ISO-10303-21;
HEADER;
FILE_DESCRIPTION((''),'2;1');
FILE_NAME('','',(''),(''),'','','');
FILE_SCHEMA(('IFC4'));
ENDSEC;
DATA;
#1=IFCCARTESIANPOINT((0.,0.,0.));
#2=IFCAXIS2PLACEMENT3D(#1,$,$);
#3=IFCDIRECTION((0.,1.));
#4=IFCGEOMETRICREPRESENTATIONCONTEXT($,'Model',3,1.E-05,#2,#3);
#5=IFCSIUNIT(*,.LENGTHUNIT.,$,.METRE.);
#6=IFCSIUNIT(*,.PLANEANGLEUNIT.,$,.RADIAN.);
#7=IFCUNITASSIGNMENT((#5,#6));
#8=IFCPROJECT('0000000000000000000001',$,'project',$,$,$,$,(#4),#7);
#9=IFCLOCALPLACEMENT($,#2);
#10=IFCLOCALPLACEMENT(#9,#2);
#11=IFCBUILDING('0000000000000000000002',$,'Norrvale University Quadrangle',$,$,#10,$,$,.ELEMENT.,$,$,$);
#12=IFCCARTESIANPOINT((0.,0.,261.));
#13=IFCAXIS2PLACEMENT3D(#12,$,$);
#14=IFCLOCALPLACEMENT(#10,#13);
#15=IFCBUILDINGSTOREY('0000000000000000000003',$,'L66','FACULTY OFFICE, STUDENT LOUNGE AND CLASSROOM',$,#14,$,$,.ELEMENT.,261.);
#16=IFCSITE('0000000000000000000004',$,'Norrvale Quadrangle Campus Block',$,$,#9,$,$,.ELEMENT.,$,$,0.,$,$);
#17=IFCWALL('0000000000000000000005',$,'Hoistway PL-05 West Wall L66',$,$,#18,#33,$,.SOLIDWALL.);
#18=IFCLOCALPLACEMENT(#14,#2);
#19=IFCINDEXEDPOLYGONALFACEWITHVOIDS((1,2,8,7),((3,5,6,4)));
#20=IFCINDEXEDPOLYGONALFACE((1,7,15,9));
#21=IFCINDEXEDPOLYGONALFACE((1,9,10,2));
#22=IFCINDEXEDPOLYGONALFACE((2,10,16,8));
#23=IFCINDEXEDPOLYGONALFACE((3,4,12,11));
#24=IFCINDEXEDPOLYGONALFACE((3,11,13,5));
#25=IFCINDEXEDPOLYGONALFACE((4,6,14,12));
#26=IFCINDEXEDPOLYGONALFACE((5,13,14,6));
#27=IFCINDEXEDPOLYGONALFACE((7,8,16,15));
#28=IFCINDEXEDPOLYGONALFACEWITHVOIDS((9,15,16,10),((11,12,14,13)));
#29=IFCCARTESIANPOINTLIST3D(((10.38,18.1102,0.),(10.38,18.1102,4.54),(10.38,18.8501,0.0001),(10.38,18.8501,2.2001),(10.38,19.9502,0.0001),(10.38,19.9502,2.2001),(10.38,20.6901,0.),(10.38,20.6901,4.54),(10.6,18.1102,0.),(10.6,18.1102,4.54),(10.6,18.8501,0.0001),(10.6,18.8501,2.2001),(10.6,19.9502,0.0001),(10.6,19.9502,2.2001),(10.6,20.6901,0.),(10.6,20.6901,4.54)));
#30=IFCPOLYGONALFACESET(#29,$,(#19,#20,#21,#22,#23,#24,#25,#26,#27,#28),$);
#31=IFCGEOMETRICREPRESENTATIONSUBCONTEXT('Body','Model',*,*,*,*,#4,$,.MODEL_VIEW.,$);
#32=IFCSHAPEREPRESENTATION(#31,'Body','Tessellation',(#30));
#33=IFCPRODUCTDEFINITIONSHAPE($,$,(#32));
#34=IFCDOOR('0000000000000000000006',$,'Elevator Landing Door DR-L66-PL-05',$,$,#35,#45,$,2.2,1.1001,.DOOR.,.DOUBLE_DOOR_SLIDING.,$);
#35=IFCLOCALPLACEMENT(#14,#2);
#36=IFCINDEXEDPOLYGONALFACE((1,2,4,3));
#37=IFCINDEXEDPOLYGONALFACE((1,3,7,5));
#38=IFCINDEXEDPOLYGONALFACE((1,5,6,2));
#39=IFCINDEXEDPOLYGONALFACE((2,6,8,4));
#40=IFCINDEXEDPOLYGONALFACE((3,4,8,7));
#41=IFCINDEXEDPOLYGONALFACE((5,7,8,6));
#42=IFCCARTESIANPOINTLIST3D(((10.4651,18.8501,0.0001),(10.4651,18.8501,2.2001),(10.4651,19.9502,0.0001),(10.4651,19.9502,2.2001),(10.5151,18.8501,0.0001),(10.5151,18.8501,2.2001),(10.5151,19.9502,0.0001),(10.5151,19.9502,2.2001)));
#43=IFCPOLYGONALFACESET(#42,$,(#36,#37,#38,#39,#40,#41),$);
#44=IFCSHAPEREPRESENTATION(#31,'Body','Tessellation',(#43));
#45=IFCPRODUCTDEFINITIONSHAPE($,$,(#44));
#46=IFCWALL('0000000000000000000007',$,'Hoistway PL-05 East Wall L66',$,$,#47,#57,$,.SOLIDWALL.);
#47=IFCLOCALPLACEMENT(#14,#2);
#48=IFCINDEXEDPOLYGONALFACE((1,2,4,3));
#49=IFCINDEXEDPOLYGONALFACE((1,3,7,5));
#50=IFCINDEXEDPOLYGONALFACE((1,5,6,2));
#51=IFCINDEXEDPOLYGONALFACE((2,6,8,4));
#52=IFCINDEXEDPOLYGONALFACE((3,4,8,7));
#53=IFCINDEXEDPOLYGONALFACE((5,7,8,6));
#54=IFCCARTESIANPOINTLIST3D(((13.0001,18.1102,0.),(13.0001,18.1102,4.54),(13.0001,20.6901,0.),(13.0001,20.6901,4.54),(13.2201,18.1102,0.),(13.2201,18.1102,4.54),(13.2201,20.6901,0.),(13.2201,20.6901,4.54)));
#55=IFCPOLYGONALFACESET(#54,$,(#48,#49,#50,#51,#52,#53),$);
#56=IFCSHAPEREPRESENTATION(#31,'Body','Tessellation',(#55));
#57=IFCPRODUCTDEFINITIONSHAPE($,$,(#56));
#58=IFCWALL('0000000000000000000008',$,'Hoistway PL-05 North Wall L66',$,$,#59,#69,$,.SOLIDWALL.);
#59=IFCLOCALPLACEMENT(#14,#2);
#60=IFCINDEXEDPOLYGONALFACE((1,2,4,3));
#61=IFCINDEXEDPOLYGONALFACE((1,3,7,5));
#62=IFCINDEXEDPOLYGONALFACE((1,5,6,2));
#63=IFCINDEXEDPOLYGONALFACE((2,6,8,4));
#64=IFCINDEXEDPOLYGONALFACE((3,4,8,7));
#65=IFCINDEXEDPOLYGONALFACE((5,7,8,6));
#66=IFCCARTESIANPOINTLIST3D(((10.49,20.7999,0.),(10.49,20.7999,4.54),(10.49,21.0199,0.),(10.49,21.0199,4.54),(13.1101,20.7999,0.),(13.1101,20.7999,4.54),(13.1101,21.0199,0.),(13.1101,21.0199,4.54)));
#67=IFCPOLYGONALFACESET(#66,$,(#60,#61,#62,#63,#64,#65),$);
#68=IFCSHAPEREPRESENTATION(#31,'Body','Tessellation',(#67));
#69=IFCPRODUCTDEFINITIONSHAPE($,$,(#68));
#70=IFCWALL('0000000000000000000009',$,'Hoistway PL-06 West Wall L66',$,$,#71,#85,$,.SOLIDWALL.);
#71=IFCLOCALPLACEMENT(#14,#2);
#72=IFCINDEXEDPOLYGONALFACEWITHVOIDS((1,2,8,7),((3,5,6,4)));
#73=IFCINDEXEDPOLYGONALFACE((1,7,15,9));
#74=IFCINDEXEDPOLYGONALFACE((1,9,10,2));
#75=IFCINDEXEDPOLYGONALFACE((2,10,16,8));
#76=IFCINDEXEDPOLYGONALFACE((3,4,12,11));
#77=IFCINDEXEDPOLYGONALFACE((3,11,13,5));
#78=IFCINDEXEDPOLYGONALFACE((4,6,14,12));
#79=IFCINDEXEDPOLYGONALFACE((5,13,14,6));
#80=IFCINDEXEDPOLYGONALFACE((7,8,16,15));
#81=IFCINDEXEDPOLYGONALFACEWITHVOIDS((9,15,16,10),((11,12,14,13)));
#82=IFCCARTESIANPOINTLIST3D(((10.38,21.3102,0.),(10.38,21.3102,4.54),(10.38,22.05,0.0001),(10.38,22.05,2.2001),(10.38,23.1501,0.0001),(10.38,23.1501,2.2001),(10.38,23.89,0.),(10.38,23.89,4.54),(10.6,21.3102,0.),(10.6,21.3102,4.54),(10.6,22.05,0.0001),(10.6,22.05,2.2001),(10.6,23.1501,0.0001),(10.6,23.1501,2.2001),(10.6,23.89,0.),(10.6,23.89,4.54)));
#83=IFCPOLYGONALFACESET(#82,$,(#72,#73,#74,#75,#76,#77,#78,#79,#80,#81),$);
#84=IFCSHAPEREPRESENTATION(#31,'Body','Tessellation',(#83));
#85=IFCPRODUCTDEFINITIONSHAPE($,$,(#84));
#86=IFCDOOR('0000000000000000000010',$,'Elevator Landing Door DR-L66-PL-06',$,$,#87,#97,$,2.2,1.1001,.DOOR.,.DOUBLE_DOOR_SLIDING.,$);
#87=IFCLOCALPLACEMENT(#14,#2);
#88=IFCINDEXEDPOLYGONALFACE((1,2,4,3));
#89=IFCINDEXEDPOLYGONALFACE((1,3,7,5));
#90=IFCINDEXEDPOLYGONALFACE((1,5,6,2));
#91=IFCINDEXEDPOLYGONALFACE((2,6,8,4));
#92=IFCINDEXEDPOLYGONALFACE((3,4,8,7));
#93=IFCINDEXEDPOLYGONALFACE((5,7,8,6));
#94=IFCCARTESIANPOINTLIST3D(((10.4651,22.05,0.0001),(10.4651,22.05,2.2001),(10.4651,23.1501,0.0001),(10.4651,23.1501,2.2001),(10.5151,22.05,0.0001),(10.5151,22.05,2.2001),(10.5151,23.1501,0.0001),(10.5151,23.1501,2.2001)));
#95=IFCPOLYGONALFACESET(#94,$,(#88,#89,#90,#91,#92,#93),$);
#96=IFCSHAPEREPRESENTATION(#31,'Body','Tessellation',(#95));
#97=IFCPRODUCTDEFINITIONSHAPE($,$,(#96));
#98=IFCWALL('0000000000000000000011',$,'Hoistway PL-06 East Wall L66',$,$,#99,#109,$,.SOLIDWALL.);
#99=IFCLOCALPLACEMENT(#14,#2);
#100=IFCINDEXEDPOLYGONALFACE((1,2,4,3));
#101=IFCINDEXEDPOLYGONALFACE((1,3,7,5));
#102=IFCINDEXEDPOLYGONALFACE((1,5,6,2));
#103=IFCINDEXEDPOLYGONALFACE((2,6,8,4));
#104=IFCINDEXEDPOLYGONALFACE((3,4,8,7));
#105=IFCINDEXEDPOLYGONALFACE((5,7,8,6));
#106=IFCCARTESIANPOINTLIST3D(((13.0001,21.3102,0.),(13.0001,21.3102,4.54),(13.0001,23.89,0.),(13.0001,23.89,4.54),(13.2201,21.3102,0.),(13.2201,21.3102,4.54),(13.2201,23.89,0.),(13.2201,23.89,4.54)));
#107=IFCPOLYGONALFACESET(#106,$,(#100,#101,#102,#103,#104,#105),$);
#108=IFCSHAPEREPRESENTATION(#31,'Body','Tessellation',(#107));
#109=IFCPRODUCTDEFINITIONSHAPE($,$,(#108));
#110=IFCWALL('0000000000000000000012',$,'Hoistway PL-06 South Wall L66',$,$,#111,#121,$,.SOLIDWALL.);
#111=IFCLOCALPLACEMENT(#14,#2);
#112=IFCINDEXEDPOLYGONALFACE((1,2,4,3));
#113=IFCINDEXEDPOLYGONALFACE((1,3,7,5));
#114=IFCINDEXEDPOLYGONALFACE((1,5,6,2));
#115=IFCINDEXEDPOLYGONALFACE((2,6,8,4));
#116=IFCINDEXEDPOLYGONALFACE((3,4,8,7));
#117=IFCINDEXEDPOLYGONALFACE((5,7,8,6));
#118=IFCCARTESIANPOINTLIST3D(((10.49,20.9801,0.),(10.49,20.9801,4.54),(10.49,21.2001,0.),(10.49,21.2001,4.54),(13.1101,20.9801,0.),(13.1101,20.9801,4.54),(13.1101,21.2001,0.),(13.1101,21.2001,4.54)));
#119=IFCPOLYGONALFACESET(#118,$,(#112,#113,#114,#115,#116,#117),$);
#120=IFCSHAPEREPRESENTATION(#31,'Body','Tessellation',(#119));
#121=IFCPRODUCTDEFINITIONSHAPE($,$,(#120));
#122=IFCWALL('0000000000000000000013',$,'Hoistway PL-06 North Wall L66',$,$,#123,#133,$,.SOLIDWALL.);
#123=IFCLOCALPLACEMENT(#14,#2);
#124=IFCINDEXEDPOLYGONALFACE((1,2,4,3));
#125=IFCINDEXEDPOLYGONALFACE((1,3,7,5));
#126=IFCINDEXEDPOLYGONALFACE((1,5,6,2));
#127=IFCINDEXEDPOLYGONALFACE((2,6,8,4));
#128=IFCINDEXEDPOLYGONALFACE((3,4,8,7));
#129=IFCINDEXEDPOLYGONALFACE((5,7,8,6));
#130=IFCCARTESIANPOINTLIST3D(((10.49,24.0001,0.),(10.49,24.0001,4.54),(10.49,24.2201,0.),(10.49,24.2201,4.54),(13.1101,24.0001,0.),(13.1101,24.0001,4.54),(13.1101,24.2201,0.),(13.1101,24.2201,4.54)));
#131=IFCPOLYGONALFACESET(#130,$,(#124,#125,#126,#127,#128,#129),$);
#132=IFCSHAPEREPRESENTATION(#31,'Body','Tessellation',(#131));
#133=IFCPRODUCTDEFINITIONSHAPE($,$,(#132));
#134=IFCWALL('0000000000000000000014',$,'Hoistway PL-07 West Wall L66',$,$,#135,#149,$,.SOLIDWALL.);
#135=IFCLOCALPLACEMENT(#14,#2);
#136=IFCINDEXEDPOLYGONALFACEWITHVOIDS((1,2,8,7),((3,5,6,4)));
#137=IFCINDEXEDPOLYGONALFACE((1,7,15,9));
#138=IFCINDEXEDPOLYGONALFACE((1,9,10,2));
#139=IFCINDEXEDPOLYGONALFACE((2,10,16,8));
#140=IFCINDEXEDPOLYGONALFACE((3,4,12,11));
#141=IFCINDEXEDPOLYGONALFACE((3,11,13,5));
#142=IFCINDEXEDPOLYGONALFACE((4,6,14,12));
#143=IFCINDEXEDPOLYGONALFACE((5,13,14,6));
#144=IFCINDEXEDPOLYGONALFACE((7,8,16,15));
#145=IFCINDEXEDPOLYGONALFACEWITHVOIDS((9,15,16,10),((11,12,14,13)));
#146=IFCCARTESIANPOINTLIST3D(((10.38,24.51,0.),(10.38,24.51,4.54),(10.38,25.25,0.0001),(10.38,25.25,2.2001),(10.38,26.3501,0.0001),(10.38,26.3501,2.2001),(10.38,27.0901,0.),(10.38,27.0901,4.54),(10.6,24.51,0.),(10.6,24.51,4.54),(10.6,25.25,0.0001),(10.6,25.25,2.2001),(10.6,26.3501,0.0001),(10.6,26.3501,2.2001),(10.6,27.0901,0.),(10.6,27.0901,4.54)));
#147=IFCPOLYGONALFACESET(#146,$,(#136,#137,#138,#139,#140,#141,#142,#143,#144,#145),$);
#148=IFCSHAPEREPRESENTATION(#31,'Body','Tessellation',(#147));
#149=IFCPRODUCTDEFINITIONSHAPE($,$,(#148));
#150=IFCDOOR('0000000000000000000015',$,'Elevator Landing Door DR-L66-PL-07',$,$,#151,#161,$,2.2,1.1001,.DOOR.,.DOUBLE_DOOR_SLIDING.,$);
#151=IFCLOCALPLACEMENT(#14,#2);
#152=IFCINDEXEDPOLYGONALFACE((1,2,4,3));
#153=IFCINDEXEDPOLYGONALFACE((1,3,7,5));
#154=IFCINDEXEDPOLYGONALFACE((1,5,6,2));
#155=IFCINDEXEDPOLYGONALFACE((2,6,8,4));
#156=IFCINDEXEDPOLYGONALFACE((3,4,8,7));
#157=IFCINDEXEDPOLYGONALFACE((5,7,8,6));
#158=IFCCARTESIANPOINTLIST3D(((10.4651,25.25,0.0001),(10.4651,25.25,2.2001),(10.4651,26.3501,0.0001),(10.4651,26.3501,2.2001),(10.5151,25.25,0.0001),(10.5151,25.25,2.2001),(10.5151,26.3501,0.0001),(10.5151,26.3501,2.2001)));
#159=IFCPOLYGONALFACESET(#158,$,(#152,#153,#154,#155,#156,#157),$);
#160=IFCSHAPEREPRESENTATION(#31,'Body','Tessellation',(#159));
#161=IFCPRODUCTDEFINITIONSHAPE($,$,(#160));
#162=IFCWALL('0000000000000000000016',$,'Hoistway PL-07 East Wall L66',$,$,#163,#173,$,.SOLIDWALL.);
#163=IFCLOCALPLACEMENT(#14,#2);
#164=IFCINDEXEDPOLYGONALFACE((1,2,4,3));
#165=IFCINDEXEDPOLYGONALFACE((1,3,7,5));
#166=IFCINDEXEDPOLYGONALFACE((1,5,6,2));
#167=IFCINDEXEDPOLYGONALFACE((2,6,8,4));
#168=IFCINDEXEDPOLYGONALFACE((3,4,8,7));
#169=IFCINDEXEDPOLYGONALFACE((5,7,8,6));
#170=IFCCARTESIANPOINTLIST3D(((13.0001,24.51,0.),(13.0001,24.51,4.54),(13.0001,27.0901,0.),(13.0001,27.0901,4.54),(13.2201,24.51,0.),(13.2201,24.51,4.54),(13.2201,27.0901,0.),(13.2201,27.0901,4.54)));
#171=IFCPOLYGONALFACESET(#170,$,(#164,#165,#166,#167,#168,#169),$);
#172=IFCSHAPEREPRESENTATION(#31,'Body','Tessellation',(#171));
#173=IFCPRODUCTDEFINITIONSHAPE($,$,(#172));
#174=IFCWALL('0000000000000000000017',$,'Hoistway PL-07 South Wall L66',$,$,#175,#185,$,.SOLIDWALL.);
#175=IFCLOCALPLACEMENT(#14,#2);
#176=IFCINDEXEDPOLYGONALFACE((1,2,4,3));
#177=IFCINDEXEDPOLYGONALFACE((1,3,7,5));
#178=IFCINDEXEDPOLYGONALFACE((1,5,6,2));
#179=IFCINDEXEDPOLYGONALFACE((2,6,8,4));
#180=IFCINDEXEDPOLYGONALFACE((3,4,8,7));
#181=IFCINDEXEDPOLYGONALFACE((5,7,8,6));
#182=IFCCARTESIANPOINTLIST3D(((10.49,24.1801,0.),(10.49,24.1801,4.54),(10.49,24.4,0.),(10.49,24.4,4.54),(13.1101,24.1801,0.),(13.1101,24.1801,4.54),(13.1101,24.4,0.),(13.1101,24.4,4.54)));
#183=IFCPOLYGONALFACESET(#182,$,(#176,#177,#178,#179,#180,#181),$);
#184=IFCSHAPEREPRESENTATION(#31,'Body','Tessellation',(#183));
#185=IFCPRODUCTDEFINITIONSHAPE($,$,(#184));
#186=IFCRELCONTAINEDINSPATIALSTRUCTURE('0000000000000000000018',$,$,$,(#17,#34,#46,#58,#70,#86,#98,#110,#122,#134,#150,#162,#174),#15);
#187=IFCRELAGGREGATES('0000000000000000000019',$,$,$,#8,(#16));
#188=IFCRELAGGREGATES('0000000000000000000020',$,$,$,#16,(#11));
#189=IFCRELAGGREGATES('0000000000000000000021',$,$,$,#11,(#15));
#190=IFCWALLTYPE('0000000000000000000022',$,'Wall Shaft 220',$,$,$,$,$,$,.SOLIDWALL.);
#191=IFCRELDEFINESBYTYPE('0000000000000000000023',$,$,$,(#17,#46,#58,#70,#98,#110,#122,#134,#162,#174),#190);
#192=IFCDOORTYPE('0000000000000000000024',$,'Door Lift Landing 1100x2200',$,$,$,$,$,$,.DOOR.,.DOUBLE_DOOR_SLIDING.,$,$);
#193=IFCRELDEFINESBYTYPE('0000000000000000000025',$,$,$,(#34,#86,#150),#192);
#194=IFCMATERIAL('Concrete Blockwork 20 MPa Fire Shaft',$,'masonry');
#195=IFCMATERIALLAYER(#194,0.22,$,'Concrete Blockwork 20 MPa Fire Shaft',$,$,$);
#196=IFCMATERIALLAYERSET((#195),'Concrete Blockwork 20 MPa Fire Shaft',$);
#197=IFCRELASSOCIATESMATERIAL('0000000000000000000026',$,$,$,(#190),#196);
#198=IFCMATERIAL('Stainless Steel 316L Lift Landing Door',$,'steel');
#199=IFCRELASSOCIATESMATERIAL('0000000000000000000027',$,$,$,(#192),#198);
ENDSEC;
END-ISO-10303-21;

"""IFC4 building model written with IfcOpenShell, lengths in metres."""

from ifc_helpers import new_model, si_unit, direction, frame, frame_2d, origin, place, context, subcontext, project, spatial, rectangle, extrude, material, layer, layer_set, type_object, element, fill, save


model = new_model("IFC4")

# Units and contexts
model_context = context("Model", 3, precision=1e-05, world=origin(), true_north=direction((0.0, 1.0)))
body_context = subcontext(model_context, "Body", "Model", "MODEL_VIEW")
ifc_project = project(units=[si_unit("LENGTHUNIT", "METRE"), si_unit("PLANEANGLEUNIT", "RADIAN")], contexts=[model_context])

# Site, building, storey
site_placement = place(None, origin())
site = spatial("IfcSite", under=ifc_project, at=site_placement, Name="Norrvale Quadrangle Campus Block", CompositionType="ELEMENT", RefElevation=0.0)
building_placement = place(site_placement, origin())
building = spatial("IfcBuilding", under=site, at=building_placement, Name="Norrvale University Quadrangle", CompositionType="ELEMENT")
storey_placement = place(building_placement, frame((0.0, 0.0, 261.0)))
storey = spatial("IfcBuildingStorey", under=building, at=storey_placement, Name="L66", Description="FACULTY OFFICE, STUDENT LOUNGE AND CLASSROOM", CompositionType="ELEMENT", Elevation=261.0)

# Wall, opening, door
ifc_material_1 = material(Name="Concrete Blockwork 20 MPa Fire Shaft", Category="masonry")
ifc_layer_1 = layer(ifc_material_1, 0.22, Name="Concrete Blockwork 20 MPa Fire Shaft")
ifc_layer_set_1 = layer_set([ifc_layer_1], Name="Concrete Blockwork 20 MPa Fire Shaft")
wall_type_1 = type_object("IfcWallType", Name="Wall Shaft 220", PredefinedType="SOLIDWALL", material=ifc_layer_set_1)
wall_1_placement = place(storey_placement, frame((10.49, 18.1101, 0.0), z_axis=(0.0, 0.0, 1.0), x_axis=(0.0, 1.0, 0.0)))
wall_1 = element("IfcWall", 1, at=wall_1_placement, inside=storey, type_object=wall_type_1, Name="Hoistway PL-05 West Wall L66", PredefinedType="SOLIDWALL", context=body_context, shape_type="SweptSolid", body=[
    extrude(rectangle(XDim=2.5798, YDim=0.22, at=frame_2d((1.29, 0.0))), origin(), (0.0, 0.0, 1.0), 4.54),
])
opening_1_placement = place(wall_1_placement, frame((0.74, 0.0, 0.0)))
opening_1 = element("IfcOpeningElement", 2, at=opening_1_placement, cuts=wall_1, PredefinedType="OPENING", context=body_context, shape_type="SweptSolid", body=[
    extrude(rectangle(XDim=1.1001, YDim=2.2, at=frame_2d((0.55, 1.1001))), frame((0.0, 0.1221, 0.0), z_axis=(0.0, -1.0, 0.0), x_axis=(1.0, 0.0, 0.0)), (0.0, 0.0, 1.0), 0.2439),
])
ifc_material_2 = material(Name="Stainless Steel 316L Lift Landing Door", Category="steel")
door_type_1 = type_object("IfcDoorType", Name="Door Lift Landing 1100x2200", OperationType="DOUBLE_DOOR_SLIDING", PredefinedType="DOOR", material=ifc_material_2)
door_1_placement = place(opening_1_placement, origin())
door_1 = element("IfcDoor", 3, at=door_1_placement, inside=storey, type_object=door_type_1, Name="Elevator Landing Door DR-L66-PL-05", OperationType="DOUBLE_DOOR_SLIDING", OverallHeight=2.2, OverallWidth=1.1001, PredefinedType="DOOR", context=body_context, shape_type="SweptSolid", body=[
    extrude(rectangle(XDim=1.1001, YDim=2.2, at=frame_2d((0.55, 1.1001))), frame((0.0, 0.0249, 0.0), z_axis=(0.0, -1.0, 0.0), x_axis=(1.0, 0.0, 0.0)), (0.0, 0.0, 1.0), 0.05),
])
fill(opening_1, door_1)

# Walls
wall_2_placement = place(storey_placement, frame((13.1101, 18.1101, 0.0), z_axis=(0.0, 0.0, 1.0), x_axis=(0.0, 1.0, 0.0)))
element("IfcWall", 4, at=wall_2_placement, inside=storey, type_object=wall_type_1, Name="Hoistway PL-05 East Wall L66", PredefinedType="SOLIDWALL", context=body_context, shape_type="SweptSolid", body=[
    extrude(rectangle(XDim=2.5798, YDim=0.22, at=frame_2d((1.29, 0.0))), origin(), (0.0, 0.0, 1.0), 4.54),
])
wall_3_placement = place(storey_placement, frame((10.49, 20.9099, 0.0), z_axis=(0.0, 0.0, 1.0), x_axis=(1.0, 0.0, 0.0)))
element("IfcWall", 5, at=wall_3_placement, inside=storey, type_object=wall_type_1, Name="Hoistway PL-05 North Wall L66", PredefinedType="SOLIDWALL", context=body_context, shape_type="SweptSolid", body=[
    extrude(rectangle(XDim=2.6201, YDim=0.22, at=frame_2d((1.3101, 0.0))), origin(), (0.0, 0.0, 1.0), 4.54),
])

# Wall, opening, door
wall_4_placement = place(storey_placement, frame((10.49, 21.3101, 0.0), z_axis=(0.0, 0.0, 1.0), x_axis=(0.0, 1.0, 0.0)))
wall_4 = element("IfcWall", 6, at=wall_4_placement, inside=storey, type_object=wall_type_1, Name="Hoistway PL-06 West Wall L66", PredefinedType="SOLIDWALL", context=body_context, shape_type="SweptSolid", body=[
    extrude(rectangle(XDim=2.5798, YDim=0.22, at=frame_2d((1.29, 0.0))), origin(), (0.0, 0.0, 1.0), 4.54),
])
opening_2_placement = place(wall_4_placement, frame((0.74, 0.0, 0.0)))
opening_2 = element("IfcOpeningElement", 7, at=opening_2_placement, cuts=wall_4, PredefinedType="OPENING", context=body_context, shape_type="SweptSolid", body=[
    extrude(rectangle(XDim=1.1001, YDim=2.2, at=frame_2d((0.55, 1.1001))), frame((0.0, 0.1221, 0.0), z_axis=(0.0, -1.0, 0.0), x_axis=(1.0, 0.0, 0.0)), (0.0, 0.0, 1.0), 0.2439),
])
door_2_placement = place(opening_2_placement, origin())
door_2 = element("IfcDoor", 8, at=door_2_placement, inside=storey, type_object=door_type_1, Name="Elevator Landing Door DR-L66-PL-06", OperationType="DOUBLE_DOOR_SLIDING", OverallHeight=2.2, OverallWidth=1.1001, PredefinedType="DOOR", context=body_context, shape_type="SweptSolid", body=[
    extrude(rectangle(XDim=1.1001, YDim=2.2, at=frame_2d((0.55, 1.1001))), frame((0.0, 0.0249, 0.0), z_axis=(0.0, -1.0, 0.0), x_axis=(1.0, 0.0, 0.0)), (0.0, 0.0, 1.0), 0.05),
])
fill(opening_2, door_2)

# Walls
wall_5_placement = place(storey_placement, frame((13.1101, 21.3101, 0.0), z_axis=(0.0, 0.0, 1.0), x_axis=(0.0, 1.0, 0.0)))
element("IfcWall", 9, at=wall_5_placement, inside=storey, type_object=wall_type_1, Name="Hoistway PL-06 East Wall L66", PredefinedType="SOLIDWALL", context=body_context, shape_type="SweptSolid", body=[
    extrude(rectangle(XDim=2.5798, YDim=0.22, at=frame_2d((1.29, 0.0))), origin(), (0.0, 0.0, 1.0), 4.54),
])
for number, where, z_axis, x_axis, name in (
    (10, (10.49, 21.0901, 0.0), (0.0, 0.0, 1.0), (1.0, 0.0, 0.0), "Hoistway PL-06 South Wall L66"),
    (11, (10.49, 24.1101, 0.0), (0.0, 0.0, 1.0), (1.0, 0.0, 0.0), "Hoistway PL-06 North Wall L66"),
):
    element("IfcWall", number, at=place(storey_placement, frame(where, z_axis=z_axis, x_axis=x_axis)), inside=storey, type_object=wall_type_1, Name=name, PredefinedType="SOLIDWALL", context=body_context, shape_type="SweptSolid", body=[
        extrude(rectangle(XDim=2.6201, YDim=0.22, at=frame_2d((1.3101, 0.0))), origin(), (0.0, 0.0, 1.0), 4.54),
    ])

# Wall, opening, door
wall_6_placement = place(storey_placement, frame((10.49, 24.51, 0.0), z_axis=(0.0, 0.0, 1.0), x_axis=(0.0, 1.0, 0.0)))
wall_6 = element("IfcWall", 12, at=wall_6_placement, inside=storey, type_object=wall_type_1, Name="Hoistway PL-07 West Wall L66", PredefinedType="SOLIDWALL", context=body_context, shape_type="SweptSolid", body=[
    extrude(rectangle(XDim=2.5801, YDim=0.22, at=frame_2d((1.29, 0.0))), origin(), (0.0, 0.0, 1.0), 4.54),
])
opening_3_placement = place(wall_6_placement, frame((0.74, 0.0, 0.0)))
opening_3 = element("IfcOpeningElement", 13, at=opening_3_placement, cuts=wall_6, PredefinedType="OPENING", context=body_context, shape_type="SweptSolid", body=[
    extrude(rectangle(XDim=1.1001, YDim=2.2, at=frame_2d((0.55, 1.1001))), frame((0.0, 0.1221, 0.0), z_axis=(0.0, -1.0, 0.0), x_axis=(1.0, 0.0, 0.0)), (0.0, 0.0, 1.0), 0.2439),
])
door_3_placement = place(opening_3_placement, origin())
door_3 = element("IfcDoor", 14, at=door_3_placement, inside=storey, type_object=door_type_1, Name="Elevator Landing Door DR-L66-PL-07", OperationType="DOUBLE_DOOR_SLIDING", OverallHeight=2.2, OverallWidth=1.1001, PredefinedType="DOOR", context=body_context, shape_type="SweptSolid", body=[
    extrude(rectangle(XDim=1.1001, YDim=2.2, at=frame_2d((0.55, 1.1001))), frame((0.0, 0.0249, 0.0), z_axis=(0.0, -1.0, 0.0), x_axis=(1.0, 0.0, 0.0)), (0.0, 0.0, 1.0), 0.05),
])
fill(opening_3, door_3)

# Walls
wall_7_placement = place(storey_placement, frame((13.1101, 24.51, 0.0), z_axis=(0.0, 0.0, 1.0), x_axis=(0.0, 1.0, 0.0)))
element("IfcWall", 15, at=wall_7_placement, inside=storey, type_object=wall_type_1, Name="Hoistway PL-07 East Wall L66", PredefinedType="SOLIDWALL", context=body_context, shape_type="SweptSolid", body=[
    extrude(rectangle(XDim=2.5801, YDim=0.22, at=frame_2d((1.29, 0.0))), origin(), (0.0, 0.0, 1.0), 4.54),
])
for number, where, z_axis, x_axis, name in (
    (16, (10.49, 24.29, 0.0), (0.0, 0.0, 1.0), (1.0, 0.0, 0.0), "Hoistway PL-07 South Wall L66"),
):
    element("IfcWall", number, at=place(storey_placement, frame(where, z_axis=z_axis, x_axis=x_axis)), inside=storey, type_object=wall_type_1, Name=name, PredefinedType="SOLIDWALL", context=body_context, shape_type="SweptSolid", body=[
        extrude(rectangle(XDim=2.6201, YDim=0.22, at=frame_2d((1.3101, 0.0))), origin(), (0.0, 0.0, 1.0), 4.54),
    ])

save(model, "model.ifc")
